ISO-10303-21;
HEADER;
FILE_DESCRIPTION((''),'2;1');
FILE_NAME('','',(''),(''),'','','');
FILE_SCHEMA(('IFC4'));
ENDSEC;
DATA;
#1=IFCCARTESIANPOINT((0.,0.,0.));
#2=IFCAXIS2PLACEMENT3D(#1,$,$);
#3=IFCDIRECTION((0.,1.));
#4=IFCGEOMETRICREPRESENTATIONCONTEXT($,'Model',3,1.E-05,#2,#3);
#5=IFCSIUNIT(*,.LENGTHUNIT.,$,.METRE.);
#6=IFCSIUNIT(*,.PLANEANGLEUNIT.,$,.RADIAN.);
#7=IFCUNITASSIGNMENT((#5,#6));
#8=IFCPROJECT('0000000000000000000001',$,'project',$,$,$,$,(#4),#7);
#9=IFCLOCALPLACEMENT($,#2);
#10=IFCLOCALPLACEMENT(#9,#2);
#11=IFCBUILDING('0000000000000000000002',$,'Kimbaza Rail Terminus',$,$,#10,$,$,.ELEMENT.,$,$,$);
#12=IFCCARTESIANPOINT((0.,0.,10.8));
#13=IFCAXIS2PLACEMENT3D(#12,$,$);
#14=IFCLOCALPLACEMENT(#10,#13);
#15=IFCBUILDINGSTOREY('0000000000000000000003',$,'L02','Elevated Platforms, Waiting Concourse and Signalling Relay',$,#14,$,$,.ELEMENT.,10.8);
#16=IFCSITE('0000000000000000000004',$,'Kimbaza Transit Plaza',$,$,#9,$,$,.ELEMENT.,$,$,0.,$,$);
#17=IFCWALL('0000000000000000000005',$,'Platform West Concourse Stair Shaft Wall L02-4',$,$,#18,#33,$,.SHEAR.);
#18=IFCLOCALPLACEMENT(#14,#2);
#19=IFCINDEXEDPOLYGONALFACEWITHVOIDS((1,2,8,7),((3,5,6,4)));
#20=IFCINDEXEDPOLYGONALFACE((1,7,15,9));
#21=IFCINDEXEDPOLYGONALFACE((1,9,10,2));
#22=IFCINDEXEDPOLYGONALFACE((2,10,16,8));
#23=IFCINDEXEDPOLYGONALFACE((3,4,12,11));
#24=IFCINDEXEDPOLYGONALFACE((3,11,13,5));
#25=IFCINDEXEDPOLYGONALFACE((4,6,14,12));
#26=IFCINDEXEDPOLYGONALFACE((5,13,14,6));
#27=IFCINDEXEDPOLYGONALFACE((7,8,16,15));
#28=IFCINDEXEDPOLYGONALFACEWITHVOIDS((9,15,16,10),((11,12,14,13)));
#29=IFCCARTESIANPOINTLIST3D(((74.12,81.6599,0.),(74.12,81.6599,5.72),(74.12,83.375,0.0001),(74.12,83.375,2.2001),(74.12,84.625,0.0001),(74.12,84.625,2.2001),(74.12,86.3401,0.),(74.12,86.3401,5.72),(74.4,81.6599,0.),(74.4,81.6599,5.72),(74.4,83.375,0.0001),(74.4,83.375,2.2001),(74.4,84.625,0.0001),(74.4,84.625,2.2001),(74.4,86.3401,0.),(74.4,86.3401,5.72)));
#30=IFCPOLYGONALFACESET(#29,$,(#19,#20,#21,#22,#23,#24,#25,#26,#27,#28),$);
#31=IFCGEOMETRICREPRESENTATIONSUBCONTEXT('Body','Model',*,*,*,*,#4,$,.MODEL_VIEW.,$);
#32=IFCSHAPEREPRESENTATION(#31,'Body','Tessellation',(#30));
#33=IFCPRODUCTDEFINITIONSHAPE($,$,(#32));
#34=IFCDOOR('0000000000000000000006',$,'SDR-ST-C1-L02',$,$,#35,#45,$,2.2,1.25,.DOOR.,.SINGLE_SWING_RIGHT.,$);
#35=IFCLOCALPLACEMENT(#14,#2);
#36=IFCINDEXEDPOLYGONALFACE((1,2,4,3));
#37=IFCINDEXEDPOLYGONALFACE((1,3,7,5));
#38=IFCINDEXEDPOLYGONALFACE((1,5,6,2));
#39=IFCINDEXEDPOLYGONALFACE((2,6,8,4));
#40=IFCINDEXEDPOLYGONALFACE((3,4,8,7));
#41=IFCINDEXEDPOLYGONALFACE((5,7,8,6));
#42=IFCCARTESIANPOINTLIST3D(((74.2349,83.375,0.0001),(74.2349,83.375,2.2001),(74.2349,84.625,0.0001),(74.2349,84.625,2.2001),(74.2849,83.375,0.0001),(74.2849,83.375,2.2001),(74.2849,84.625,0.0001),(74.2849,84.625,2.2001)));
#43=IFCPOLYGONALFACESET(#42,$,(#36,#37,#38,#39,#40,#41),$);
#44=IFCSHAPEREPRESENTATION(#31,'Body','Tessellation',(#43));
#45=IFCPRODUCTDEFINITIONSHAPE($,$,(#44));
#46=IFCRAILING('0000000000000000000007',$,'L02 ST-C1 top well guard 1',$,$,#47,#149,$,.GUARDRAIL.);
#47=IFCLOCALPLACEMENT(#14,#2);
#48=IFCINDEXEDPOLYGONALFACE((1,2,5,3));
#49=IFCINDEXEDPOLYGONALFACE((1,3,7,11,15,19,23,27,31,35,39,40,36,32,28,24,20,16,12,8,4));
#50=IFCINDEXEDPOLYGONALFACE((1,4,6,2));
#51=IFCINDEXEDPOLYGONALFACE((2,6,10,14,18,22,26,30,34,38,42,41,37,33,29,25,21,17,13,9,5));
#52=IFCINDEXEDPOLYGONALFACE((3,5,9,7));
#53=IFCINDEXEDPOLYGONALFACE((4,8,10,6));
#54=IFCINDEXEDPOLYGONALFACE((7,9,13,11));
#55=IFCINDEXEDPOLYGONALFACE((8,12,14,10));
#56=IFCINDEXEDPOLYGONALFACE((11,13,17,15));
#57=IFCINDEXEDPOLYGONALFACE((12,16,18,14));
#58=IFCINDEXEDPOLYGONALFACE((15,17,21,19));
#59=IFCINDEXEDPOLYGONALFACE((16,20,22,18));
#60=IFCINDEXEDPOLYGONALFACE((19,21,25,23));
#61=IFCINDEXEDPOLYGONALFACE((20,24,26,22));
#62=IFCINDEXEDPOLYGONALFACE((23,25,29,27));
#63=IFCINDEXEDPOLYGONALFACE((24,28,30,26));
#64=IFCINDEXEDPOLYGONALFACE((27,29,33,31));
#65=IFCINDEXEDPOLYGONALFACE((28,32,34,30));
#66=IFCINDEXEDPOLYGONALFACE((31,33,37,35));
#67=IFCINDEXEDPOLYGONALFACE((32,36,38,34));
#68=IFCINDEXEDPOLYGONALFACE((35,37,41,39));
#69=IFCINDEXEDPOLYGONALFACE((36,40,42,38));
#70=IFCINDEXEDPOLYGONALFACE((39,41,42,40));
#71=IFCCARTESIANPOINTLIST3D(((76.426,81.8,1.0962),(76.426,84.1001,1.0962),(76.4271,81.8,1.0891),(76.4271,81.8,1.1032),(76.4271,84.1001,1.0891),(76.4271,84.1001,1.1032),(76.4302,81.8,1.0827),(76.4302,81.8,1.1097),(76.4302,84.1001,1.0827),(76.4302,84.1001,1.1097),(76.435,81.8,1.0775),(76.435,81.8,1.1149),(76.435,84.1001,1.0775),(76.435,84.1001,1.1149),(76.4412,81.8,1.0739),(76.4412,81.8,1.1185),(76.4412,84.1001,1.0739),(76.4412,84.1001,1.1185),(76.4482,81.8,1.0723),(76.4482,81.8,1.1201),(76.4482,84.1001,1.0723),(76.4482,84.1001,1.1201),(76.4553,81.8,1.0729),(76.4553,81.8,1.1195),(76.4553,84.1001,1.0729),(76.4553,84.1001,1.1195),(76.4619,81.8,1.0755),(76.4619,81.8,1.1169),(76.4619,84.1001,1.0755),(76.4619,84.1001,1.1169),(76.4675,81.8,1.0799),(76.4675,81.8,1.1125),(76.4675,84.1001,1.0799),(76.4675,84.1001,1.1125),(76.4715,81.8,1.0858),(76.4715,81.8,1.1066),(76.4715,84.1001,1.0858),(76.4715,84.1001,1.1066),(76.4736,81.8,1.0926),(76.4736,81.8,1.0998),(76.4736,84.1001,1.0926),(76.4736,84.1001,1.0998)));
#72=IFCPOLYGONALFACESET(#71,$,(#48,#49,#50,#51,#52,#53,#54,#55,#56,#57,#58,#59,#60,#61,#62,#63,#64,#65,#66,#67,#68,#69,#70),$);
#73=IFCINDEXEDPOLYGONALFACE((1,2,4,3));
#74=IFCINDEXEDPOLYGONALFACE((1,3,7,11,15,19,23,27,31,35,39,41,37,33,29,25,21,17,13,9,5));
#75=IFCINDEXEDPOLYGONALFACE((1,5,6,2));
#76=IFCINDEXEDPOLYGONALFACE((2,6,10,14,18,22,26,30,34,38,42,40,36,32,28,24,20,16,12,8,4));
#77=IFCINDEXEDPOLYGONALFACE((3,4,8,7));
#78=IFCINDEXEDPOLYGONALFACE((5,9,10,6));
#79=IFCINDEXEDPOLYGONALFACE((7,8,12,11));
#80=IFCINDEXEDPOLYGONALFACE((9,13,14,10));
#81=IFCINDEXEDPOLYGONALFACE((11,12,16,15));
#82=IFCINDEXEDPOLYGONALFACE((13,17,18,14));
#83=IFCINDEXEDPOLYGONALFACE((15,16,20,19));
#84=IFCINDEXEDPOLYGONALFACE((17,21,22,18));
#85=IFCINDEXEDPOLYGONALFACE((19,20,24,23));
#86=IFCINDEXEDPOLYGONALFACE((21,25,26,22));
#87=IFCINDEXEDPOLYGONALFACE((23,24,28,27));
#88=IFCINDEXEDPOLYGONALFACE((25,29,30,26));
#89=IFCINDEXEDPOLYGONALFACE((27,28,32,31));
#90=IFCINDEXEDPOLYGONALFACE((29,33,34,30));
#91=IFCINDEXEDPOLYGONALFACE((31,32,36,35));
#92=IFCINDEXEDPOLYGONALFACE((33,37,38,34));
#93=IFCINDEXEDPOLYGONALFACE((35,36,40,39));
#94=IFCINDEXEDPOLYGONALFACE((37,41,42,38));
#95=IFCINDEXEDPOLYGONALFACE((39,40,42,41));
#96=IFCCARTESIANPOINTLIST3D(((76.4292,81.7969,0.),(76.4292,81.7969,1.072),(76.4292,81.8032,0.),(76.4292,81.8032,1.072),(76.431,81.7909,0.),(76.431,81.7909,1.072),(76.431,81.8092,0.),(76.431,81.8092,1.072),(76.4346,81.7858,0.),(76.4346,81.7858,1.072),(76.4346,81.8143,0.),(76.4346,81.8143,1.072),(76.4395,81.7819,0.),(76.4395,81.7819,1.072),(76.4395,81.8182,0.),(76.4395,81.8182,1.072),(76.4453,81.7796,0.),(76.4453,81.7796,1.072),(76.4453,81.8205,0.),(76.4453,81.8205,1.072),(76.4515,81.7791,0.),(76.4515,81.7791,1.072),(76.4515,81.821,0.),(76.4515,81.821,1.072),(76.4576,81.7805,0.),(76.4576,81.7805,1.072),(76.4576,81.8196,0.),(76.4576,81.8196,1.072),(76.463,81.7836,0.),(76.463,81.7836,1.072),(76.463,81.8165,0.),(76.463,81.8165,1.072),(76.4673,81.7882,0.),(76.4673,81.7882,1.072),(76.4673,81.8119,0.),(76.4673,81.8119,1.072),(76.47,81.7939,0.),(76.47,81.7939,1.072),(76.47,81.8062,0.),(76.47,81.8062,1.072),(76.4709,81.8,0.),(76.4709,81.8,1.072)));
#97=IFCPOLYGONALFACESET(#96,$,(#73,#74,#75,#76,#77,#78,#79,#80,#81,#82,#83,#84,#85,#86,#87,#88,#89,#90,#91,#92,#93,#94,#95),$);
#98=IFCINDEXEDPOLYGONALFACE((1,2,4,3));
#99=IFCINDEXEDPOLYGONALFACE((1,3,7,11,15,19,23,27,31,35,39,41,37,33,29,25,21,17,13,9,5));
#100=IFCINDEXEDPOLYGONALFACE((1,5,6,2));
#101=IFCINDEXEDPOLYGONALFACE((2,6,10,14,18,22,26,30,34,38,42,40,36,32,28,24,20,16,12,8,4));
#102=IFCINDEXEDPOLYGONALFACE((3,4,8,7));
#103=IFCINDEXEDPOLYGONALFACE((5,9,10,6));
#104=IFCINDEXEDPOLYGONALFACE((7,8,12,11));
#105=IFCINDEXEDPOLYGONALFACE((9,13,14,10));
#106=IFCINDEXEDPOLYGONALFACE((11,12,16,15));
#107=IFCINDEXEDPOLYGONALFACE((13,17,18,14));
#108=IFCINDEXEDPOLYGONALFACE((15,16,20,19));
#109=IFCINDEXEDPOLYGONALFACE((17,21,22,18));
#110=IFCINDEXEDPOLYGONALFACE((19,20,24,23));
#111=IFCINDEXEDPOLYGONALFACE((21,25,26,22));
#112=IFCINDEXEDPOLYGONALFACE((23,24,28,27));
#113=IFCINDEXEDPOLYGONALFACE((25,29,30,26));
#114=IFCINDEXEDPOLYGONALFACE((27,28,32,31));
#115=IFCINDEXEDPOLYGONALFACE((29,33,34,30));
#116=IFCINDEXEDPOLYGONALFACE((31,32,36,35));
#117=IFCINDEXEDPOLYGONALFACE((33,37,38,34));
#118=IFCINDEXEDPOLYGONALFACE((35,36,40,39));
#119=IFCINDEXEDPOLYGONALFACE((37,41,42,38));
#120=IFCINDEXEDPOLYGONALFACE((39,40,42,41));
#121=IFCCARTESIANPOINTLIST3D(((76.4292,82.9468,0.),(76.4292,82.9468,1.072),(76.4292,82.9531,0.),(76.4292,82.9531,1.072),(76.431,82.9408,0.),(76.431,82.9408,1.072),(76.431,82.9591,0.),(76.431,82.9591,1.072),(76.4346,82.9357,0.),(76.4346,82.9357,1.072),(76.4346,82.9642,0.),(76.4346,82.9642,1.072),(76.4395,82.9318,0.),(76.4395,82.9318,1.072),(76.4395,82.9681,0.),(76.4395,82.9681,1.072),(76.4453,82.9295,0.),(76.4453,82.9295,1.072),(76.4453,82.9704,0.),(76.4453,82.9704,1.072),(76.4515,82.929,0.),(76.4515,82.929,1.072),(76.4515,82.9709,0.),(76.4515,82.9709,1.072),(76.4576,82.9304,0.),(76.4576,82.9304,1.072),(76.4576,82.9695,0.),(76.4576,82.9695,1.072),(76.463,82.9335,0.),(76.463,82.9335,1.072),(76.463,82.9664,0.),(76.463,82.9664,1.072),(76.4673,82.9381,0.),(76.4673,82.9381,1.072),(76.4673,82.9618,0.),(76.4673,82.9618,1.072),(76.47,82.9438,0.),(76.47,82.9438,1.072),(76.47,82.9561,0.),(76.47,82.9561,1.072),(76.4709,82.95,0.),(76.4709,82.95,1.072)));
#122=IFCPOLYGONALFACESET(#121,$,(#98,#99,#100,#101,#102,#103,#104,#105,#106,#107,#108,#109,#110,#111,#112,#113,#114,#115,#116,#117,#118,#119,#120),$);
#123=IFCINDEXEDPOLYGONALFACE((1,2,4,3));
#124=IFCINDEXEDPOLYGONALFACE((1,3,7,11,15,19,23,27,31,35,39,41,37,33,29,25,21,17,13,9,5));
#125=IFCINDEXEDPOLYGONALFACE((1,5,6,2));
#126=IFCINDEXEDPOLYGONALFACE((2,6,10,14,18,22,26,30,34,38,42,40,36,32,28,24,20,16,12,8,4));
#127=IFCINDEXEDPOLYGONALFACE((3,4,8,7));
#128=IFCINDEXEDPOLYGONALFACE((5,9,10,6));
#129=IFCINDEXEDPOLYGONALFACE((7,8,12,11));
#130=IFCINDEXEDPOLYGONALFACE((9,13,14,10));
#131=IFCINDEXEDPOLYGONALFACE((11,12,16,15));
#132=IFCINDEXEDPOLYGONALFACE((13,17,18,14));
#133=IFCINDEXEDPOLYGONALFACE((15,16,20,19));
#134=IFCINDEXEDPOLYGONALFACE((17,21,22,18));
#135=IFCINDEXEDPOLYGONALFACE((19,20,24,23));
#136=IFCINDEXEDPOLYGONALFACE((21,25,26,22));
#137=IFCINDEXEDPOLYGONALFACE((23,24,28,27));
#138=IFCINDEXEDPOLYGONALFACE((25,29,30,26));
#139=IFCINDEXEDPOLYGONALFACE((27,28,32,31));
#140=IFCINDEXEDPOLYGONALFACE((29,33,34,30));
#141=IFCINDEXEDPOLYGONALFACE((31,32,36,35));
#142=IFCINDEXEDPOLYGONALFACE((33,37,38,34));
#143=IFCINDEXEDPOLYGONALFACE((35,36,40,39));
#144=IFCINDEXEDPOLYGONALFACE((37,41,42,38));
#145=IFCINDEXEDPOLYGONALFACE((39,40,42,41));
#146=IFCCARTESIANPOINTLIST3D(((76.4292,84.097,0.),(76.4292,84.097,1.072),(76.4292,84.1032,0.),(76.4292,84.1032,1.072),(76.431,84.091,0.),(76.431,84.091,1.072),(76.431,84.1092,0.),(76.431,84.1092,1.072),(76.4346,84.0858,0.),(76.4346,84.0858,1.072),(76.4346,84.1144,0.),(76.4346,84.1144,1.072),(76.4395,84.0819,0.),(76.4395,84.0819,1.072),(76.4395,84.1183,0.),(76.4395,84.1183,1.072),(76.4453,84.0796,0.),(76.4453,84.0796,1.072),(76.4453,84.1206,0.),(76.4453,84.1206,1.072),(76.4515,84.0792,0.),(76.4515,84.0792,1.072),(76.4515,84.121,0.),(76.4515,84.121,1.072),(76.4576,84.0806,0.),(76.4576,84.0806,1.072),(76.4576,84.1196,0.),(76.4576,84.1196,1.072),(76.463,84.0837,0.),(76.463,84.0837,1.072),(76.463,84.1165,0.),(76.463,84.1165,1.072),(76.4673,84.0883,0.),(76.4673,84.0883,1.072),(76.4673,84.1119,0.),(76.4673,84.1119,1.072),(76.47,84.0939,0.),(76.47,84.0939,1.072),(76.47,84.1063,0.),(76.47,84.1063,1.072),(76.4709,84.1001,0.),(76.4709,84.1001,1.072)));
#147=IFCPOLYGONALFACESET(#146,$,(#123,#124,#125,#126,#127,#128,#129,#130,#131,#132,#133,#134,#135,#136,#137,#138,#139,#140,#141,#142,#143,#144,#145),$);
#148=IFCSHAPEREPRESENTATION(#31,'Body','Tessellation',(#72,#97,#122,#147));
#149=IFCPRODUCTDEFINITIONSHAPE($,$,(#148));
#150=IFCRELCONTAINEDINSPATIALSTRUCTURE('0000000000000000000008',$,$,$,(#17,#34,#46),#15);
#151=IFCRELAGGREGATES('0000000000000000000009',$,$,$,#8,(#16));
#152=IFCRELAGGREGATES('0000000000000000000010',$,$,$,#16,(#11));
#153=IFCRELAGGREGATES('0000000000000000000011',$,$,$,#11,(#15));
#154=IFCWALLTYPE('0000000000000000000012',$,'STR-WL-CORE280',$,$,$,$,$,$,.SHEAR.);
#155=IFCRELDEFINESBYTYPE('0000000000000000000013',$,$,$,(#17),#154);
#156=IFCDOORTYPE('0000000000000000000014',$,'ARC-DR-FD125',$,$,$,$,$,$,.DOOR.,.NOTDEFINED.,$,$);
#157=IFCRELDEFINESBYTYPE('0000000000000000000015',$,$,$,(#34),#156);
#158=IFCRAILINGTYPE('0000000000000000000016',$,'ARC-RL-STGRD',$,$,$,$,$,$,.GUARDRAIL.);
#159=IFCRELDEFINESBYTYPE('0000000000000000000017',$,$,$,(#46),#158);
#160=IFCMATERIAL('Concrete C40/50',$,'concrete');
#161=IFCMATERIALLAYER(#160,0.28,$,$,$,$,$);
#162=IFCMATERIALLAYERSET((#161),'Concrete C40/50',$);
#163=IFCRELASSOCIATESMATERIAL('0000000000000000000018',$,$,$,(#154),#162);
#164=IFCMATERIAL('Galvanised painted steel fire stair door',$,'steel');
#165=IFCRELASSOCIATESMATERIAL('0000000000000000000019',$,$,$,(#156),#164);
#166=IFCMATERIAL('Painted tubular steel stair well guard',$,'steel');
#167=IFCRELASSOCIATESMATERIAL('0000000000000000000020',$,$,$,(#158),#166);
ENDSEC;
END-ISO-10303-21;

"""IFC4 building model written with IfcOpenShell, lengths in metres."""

from ifc_helpers import new_model, si_unit, direction, frame, frame_2d, origin, origin_2d, place, context, subcontext, project, spatial, rectangle, circle, extrude, material, layer, layer_set, type_object, element, fill, save


model = new_model("IFC4")

# Units and contexts
model_context = context("Model", 3, precision=1e-05, world=origin(), true_north=direction((0.0, 1.0)))
body_context = subcontext(model_context, "Body", "Model", "MODEL_VIEW")
ifc_project = project(units=[si_unit("LENGTHUNIT", "METRE"), si_unit("PLANEANGLEUNIT", "RADIAN")], contexts=[model_context])

# Site, building, storey
site_placement = place(None, origin())
site = spatial("IfcSite", under=ifc_project, at=site_placement, Name="Kimbaza Transit Plaza", CompositionType="ELEMENT", RefElevation=0.0)
building_placement = place(site_placement, origin())
building = spatial("IfcBuilding", under=site, at=building_placement, Name="Kimbaza Rail Terminus", CompositionType="ELEMENT")
storey_placement = place(building_placement, frame((0.0, 0.0, 10.8)))
storey = spatial("IfcBuildingStorey", under=building, at=storey_placement, Name="L02", Description="Elevated Platforms, Waiting Concourse and Signalling Relay", CompositionType="ELEMENT", Elevation=10.8)

# Shared definitions
ifc_material_1 = material(Name="Concrete C40/50", Category="concrete")
ifc_layer_1 = layer(ifc_material_1, 0.28)
ifc_layer_set_1 = layer_set([ifc_layer_1], Name="Concrete C40/50")
wall_type = type_object("IfcWallType", Name="STR-WL-CORE280", PredefinedType="SHEAR", material=ifc_layer_set_1)

# Wall, opening, door
wall_1_placement = place(storey_placement, frame((74.26, 86.3401, 0.0), z_axis=(0.0, 0.0, 1.0), x_axis=(0.0, -1.0, 0.0)))
wall_1 = element("IfcWall", 1, at=wall_1_placement, inside=storey, type_object=wall_type, Name="Platform West Concourse Stair Shaft Wall L02-4", PredefinedType="SHEAR", context=body_context, shape_type="SweptSolid", body=[
    extrude(rectangle(XDim=4.6802, YDim=0.28, at=frame_2d((2.3401, 0.0))), origin(), (0.0, 0.0, 1.0), 5.72),
])
opening_placement = place(wall_1_placement, frame((1.7151, 0.0, 0.0)))
opening = element("IfcOpeningElement", 2, at=opening_placement, cuts=wall_1, PredefinedType="OPENING", context=body_context, shape_type="SweptSolid", body=[
    extrude(rectangle(XDim=1.25, YDim=2.2, at=frame_2d((0.625, 1.1001))), frame((0.0, 0.1499, 0.0), z_axis=(0.0, -1.0, 0.0), x_axis=(1.0, 0.0, 0.0)), (0.0, 0.0, 1.0), 0.3),
])
ifc_material_2 = material(Name="Galvanised painted steel fire stair door", Category="steel")
door_type = type_object("IfcDoorType", Name="ARC-DR-FD125", OperationType="NOTDEFINED", PredefinedType="DOOR", material=ifc_material_2)
door_placement = place(opening_placement, origin())
door = element("IfcDoor", 3, at=door_placement, inside=storey, type_object=door_type, Name="SDR-ST-C1-L02", OperationType="SINGLE_SWING_RIGHT", OverallHeight=2.2, OverallWidth=1.25, PredefinedType="DOOR", context=body_context, shape_type="SweptSolid", body=[
    extrude(rectangle(XDim=1.25, YDim=2.2, at=frame_2d((0.625, 1.1001))), frame((0.0, 0.0249, 0.0), z_axis=(0.0, -1.0, 0.0), x_axis=(1.0, 0.0, 0.0)), (0.0, 0.0, 1.0), 0.05),
])
fill(opening, door)

# Railing
ifc_material_3 = material(Name="Painted tubular steel stair well guard", Category="steel")
railing_type = type_object("IfcRailingType", Name="ARC-RL-STGRD", PredefinedType="GUARDRAIL", material=ifc_material_3)
railing_placement = place(storey_placement, frame((76.45, 81.8, 0.0)))
element("IfcRailing", 4, at=railing_placement, inside=storey, type_object=railing_type, Name="L02 ST-C1 top well guard 1", PredefinedType="GUARDRAIL", context=body_context, shape_type="SweptSolid", body=[
    extrude(circle(Radius=0.0239, at=origin_2d()), frame((0.0, 0.0, 1.0962), z_axis=(0.0, 1.0, 0.0), x_axis=(-1.0, 0.0, 0.0)), (0.0, 0.0, 1.0), 2.3),
    extrude(circle(Radius=0.021, at=origin_2d()), origin(), (0.0, 0.0, 1.0), 1.072),
    extrude(circle(Radius=0.021, at=origin_2d()), frame((0.0, 1.1499, 0.0)), (0.0, 0.0, 1.0), 1.072),
    extrude(circle(Radius=0.021, at=origin_2d()), frame((0.0, 2.3, 0.0)), (0.0, 0.0, 1.0), 1.072),
])

save(model, "model.ifc")
